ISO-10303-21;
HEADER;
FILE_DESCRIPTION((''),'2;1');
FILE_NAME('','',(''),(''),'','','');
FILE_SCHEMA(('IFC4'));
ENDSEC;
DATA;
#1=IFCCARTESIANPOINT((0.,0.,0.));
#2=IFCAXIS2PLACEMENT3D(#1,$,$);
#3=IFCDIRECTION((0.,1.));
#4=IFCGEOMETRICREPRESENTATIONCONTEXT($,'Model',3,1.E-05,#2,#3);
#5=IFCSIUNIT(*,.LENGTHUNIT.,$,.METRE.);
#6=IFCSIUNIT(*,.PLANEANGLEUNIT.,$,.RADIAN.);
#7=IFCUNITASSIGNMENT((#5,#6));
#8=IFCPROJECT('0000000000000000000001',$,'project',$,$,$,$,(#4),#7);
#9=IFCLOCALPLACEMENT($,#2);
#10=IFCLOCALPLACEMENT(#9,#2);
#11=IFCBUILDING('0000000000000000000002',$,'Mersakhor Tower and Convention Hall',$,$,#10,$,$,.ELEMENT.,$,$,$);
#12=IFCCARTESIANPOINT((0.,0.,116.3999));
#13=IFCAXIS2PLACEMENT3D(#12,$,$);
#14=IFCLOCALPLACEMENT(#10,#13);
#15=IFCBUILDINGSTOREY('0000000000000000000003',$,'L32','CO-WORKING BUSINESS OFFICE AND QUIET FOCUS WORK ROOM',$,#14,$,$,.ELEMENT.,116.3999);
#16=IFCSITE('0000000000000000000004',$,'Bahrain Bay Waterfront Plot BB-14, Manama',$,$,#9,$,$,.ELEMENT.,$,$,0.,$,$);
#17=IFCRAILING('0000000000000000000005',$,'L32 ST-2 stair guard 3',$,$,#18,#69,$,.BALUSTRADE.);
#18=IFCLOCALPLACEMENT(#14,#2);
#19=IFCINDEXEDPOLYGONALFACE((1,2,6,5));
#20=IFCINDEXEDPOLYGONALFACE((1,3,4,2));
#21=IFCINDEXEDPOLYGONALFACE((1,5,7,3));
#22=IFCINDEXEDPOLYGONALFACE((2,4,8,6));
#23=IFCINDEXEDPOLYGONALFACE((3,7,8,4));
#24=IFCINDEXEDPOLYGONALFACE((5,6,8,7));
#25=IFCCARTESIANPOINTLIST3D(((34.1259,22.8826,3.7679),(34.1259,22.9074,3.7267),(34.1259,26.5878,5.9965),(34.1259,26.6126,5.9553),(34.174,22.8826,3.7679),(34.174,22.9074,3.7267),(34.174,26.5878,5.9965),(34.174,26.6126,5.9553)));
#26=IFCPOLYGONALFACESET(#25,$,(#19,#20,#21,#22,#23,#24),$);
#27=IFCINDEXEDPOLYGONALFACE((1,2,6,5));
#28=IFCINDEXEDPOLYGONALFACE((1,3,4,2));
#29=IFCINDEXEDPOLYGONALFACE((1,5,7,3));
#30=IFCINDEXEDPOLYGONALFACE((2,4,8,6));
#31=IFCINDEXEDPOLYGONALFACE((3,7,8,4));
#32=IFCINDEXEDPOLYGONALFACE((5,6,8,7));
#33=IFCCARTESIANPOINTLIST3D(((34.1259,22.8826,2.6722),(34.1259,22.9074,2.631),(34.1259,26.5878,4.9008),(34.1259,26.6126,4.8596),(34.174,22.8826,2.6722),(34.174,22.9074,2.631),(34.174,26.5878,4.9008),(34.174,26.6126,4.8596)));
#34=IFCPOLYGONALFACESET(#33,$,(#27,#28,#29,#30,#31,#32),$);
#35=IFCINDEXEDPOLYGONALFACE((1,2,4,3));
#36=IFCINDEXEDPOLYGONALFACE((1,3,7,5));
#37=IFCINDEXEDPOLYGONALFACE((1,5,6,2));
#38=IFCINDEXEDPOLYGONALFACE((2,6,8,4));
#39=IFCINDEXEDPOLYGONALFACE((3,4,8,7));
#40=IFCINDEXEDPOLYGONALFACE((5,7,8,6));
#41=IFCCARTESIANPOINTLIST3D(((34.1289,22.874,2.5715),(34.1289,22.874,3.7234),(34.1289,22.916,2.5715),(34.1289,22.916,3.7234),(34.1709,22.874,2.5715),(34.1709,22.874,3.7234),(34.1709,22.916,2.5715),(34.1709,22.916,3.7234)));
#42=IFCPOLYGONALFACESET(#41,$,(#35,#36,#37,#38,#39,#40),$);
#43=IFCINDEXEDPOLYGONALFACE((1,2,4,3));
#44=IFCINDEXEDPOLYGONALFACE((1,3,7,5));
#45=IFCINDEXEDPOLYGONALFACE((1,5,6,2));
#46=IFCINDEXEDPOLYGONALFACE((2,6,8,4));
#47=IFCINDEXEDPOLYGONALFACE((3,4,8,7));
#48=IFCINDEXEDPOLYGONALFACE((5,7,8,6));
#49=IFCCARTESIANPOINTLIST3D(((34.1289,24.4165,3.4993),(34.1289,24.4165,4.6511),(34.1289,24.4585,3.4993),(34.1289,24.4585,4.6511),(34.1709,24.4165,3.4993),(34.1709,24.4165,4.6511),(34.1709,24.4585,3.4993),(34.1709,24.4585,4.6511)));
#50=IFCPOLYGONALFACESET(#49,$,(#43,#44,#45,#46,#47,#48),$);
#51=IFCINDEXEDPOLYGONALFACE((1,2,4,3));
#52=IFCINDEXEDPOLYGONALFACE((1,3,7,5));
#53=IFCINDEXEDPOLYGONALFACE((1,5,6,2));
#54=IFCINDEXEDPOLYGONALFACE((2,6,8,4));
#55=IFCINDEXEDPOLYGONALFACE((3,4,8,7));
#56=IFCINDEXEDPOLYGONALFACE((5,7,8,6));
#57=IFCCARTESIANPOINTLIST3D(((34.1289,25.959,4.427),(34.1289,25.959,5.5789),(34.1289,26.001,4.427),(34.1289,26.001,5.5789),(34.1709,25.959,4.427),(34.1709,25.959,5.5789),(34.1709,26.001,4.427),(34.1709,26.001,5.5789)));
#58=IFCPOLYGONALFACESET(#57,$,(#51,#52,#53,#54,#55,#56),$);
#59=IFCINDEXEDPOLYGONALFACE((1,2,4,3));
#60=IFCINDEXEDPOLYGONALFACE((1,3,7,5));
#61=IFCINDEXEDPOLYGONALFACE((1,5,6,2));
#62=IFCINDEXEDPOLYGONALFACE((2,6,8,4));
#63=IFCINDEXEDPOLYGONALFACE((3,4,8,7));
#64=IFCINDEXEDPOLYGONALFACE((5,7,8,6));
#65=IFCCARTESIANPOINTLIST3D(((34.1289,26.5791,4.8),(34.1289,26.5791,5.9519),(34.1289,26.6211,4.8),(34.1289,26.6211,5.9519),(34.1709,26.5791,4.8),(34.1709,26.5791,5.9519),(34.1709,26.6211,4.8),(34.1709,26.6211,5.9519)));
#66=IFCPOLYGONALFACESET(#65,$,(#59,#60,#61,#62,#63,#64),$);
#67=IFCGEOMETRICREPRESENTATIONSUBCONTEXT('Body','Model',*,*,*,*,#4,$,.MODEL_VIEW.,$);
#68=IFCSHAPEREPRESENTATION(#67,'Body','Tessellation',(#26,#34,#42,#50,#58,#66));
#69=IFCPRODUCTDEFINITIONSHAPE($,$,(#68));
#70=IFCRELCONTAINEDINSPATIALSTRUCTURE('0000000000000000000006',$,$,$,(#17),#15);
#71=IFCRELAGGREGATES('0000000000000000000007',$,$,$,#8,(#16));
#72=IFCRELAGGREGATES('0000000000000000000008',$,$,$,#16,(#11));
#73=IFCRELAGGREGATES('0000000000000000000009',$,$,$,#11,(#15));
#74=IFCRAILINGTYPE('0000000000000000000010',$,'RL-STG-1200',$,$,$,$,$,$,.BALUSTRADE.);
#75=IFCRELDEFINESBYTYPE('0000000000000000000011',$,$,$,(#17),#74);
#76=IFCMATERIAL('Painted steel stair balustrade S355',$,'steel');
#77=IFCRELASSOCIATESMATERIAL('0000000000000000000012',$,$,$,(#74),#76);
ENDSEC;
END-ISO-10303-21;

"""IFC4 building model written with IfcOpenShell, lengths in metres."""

from ifc_helpers import new_model, si_unit, direction, frame, origin, origin_2d, place, context, subcontext, project, spatial, rectangle, extrude, material, type_object, element, save


model = new_model("IFC4")

# Units and contexts
model_context = context("Model", 3, precision=1e-05, world=origin(), true_north=direction((0.0, 1.0)))
body_context = subcontext(model_context, "Body", "Model", "MODEL_VIEW")
ifc_project = project(units=[si_unit("LENGTHUNIT", "METRE"), si_unit("PLANEANGLEUNIT", "RADIAN")], contexts=[model_context])

# Site, building, storey
site_placement = place(None, origin())
site = spatial("IfcSite", under=ifc_project, at=site_placement, Name="Bahrain Bay Waterfront Plot BB-14, Manama", CompositionType="ELEMENT", RefElevation=0.0)
building_placement = place(site_placement, origin())
building = spatial("IfcBuilding", under=site, at=building_placement, Name="Mersakhor Tower and Convention Hall", CompositionType="ELEMENT")
storey_placement = place(building_placement, frame((0.0, 0.0, 116.3999)))
storey = spatial("IfcBuildingStorey", under=building, at=storey_placement, Name="L32", Description="CO-WORKING BUSINESS OFFICE AND QUIET FOCUS WORK ROOM", CompositionType="ELEMENT", Elevation=116.3999)

# Railing
ifc_material_1 = material(Name="Painted steel stair balustrade S355", Category="steel")
railing_type = type_object("IfcRailingType", Name="RL-STG-1200", PredefinedType="BALUSTRADE", material=ifc_material_1)
railing_1_placement = place(storey_placement, frame((34.1499, 22.895, 2.5715)))
element("IfcRailing", 1, at=railing_1_placement, inside=storey, type_object=railing_type, Name="L32 ST-2 stair guard 3", PredefinedType="BALUSTRADE", context=body_context, shape_type="SweptSolid", body=[
    extrude(rectangle(XDim=0.0481, YDim=0.0481, at=origin_2d()), frame((0.0, 0.0, 1.1758), z_axis=(0.0, 0.856934, 0.515425), x_axis=(-1.0, 0.0, 0.0)), (0.0, 0.0, 1.0), 4.3237),
    extrude(rectangle(XDim=0.0481, YDim=0.0481, at=origin_2d()), frame((0.0, 0.0, 0.0801), z_axis=(0.0, 0.856934, 0.515425), x_axis=(-1.0, 0.0, 0.0)), (0.0, 0.0, 1.0), 4.3237),
    extrude(rectangle(XDim=0.042, YDim=0.042, at=origin_2d()), origin(), (0.0, 0.0, 1.0), 1.1519),
    extrude(rectangle(XDim=0.042, YDim=0.042, at=origin_2d()), frame((0.0, 1.5425, 0.9277)), (0.0, 0.0, 1.0), 1.1519),
    extrude(rectangle(XDim=0.042, YDim=0.042, at=origin_2d()), frame((0.0, 3.085, 1.8555)), (0.0, 0.0, 1.0), 1.1519),
    extrude(rectangle(XDim=0.042, YDim=0.042, at=origin_2d()), frame((0.0, 3.7051, 2.2285)), (0.0, 0.0, 1.0), 1.1519),
])

save(model, "model.ifc")
